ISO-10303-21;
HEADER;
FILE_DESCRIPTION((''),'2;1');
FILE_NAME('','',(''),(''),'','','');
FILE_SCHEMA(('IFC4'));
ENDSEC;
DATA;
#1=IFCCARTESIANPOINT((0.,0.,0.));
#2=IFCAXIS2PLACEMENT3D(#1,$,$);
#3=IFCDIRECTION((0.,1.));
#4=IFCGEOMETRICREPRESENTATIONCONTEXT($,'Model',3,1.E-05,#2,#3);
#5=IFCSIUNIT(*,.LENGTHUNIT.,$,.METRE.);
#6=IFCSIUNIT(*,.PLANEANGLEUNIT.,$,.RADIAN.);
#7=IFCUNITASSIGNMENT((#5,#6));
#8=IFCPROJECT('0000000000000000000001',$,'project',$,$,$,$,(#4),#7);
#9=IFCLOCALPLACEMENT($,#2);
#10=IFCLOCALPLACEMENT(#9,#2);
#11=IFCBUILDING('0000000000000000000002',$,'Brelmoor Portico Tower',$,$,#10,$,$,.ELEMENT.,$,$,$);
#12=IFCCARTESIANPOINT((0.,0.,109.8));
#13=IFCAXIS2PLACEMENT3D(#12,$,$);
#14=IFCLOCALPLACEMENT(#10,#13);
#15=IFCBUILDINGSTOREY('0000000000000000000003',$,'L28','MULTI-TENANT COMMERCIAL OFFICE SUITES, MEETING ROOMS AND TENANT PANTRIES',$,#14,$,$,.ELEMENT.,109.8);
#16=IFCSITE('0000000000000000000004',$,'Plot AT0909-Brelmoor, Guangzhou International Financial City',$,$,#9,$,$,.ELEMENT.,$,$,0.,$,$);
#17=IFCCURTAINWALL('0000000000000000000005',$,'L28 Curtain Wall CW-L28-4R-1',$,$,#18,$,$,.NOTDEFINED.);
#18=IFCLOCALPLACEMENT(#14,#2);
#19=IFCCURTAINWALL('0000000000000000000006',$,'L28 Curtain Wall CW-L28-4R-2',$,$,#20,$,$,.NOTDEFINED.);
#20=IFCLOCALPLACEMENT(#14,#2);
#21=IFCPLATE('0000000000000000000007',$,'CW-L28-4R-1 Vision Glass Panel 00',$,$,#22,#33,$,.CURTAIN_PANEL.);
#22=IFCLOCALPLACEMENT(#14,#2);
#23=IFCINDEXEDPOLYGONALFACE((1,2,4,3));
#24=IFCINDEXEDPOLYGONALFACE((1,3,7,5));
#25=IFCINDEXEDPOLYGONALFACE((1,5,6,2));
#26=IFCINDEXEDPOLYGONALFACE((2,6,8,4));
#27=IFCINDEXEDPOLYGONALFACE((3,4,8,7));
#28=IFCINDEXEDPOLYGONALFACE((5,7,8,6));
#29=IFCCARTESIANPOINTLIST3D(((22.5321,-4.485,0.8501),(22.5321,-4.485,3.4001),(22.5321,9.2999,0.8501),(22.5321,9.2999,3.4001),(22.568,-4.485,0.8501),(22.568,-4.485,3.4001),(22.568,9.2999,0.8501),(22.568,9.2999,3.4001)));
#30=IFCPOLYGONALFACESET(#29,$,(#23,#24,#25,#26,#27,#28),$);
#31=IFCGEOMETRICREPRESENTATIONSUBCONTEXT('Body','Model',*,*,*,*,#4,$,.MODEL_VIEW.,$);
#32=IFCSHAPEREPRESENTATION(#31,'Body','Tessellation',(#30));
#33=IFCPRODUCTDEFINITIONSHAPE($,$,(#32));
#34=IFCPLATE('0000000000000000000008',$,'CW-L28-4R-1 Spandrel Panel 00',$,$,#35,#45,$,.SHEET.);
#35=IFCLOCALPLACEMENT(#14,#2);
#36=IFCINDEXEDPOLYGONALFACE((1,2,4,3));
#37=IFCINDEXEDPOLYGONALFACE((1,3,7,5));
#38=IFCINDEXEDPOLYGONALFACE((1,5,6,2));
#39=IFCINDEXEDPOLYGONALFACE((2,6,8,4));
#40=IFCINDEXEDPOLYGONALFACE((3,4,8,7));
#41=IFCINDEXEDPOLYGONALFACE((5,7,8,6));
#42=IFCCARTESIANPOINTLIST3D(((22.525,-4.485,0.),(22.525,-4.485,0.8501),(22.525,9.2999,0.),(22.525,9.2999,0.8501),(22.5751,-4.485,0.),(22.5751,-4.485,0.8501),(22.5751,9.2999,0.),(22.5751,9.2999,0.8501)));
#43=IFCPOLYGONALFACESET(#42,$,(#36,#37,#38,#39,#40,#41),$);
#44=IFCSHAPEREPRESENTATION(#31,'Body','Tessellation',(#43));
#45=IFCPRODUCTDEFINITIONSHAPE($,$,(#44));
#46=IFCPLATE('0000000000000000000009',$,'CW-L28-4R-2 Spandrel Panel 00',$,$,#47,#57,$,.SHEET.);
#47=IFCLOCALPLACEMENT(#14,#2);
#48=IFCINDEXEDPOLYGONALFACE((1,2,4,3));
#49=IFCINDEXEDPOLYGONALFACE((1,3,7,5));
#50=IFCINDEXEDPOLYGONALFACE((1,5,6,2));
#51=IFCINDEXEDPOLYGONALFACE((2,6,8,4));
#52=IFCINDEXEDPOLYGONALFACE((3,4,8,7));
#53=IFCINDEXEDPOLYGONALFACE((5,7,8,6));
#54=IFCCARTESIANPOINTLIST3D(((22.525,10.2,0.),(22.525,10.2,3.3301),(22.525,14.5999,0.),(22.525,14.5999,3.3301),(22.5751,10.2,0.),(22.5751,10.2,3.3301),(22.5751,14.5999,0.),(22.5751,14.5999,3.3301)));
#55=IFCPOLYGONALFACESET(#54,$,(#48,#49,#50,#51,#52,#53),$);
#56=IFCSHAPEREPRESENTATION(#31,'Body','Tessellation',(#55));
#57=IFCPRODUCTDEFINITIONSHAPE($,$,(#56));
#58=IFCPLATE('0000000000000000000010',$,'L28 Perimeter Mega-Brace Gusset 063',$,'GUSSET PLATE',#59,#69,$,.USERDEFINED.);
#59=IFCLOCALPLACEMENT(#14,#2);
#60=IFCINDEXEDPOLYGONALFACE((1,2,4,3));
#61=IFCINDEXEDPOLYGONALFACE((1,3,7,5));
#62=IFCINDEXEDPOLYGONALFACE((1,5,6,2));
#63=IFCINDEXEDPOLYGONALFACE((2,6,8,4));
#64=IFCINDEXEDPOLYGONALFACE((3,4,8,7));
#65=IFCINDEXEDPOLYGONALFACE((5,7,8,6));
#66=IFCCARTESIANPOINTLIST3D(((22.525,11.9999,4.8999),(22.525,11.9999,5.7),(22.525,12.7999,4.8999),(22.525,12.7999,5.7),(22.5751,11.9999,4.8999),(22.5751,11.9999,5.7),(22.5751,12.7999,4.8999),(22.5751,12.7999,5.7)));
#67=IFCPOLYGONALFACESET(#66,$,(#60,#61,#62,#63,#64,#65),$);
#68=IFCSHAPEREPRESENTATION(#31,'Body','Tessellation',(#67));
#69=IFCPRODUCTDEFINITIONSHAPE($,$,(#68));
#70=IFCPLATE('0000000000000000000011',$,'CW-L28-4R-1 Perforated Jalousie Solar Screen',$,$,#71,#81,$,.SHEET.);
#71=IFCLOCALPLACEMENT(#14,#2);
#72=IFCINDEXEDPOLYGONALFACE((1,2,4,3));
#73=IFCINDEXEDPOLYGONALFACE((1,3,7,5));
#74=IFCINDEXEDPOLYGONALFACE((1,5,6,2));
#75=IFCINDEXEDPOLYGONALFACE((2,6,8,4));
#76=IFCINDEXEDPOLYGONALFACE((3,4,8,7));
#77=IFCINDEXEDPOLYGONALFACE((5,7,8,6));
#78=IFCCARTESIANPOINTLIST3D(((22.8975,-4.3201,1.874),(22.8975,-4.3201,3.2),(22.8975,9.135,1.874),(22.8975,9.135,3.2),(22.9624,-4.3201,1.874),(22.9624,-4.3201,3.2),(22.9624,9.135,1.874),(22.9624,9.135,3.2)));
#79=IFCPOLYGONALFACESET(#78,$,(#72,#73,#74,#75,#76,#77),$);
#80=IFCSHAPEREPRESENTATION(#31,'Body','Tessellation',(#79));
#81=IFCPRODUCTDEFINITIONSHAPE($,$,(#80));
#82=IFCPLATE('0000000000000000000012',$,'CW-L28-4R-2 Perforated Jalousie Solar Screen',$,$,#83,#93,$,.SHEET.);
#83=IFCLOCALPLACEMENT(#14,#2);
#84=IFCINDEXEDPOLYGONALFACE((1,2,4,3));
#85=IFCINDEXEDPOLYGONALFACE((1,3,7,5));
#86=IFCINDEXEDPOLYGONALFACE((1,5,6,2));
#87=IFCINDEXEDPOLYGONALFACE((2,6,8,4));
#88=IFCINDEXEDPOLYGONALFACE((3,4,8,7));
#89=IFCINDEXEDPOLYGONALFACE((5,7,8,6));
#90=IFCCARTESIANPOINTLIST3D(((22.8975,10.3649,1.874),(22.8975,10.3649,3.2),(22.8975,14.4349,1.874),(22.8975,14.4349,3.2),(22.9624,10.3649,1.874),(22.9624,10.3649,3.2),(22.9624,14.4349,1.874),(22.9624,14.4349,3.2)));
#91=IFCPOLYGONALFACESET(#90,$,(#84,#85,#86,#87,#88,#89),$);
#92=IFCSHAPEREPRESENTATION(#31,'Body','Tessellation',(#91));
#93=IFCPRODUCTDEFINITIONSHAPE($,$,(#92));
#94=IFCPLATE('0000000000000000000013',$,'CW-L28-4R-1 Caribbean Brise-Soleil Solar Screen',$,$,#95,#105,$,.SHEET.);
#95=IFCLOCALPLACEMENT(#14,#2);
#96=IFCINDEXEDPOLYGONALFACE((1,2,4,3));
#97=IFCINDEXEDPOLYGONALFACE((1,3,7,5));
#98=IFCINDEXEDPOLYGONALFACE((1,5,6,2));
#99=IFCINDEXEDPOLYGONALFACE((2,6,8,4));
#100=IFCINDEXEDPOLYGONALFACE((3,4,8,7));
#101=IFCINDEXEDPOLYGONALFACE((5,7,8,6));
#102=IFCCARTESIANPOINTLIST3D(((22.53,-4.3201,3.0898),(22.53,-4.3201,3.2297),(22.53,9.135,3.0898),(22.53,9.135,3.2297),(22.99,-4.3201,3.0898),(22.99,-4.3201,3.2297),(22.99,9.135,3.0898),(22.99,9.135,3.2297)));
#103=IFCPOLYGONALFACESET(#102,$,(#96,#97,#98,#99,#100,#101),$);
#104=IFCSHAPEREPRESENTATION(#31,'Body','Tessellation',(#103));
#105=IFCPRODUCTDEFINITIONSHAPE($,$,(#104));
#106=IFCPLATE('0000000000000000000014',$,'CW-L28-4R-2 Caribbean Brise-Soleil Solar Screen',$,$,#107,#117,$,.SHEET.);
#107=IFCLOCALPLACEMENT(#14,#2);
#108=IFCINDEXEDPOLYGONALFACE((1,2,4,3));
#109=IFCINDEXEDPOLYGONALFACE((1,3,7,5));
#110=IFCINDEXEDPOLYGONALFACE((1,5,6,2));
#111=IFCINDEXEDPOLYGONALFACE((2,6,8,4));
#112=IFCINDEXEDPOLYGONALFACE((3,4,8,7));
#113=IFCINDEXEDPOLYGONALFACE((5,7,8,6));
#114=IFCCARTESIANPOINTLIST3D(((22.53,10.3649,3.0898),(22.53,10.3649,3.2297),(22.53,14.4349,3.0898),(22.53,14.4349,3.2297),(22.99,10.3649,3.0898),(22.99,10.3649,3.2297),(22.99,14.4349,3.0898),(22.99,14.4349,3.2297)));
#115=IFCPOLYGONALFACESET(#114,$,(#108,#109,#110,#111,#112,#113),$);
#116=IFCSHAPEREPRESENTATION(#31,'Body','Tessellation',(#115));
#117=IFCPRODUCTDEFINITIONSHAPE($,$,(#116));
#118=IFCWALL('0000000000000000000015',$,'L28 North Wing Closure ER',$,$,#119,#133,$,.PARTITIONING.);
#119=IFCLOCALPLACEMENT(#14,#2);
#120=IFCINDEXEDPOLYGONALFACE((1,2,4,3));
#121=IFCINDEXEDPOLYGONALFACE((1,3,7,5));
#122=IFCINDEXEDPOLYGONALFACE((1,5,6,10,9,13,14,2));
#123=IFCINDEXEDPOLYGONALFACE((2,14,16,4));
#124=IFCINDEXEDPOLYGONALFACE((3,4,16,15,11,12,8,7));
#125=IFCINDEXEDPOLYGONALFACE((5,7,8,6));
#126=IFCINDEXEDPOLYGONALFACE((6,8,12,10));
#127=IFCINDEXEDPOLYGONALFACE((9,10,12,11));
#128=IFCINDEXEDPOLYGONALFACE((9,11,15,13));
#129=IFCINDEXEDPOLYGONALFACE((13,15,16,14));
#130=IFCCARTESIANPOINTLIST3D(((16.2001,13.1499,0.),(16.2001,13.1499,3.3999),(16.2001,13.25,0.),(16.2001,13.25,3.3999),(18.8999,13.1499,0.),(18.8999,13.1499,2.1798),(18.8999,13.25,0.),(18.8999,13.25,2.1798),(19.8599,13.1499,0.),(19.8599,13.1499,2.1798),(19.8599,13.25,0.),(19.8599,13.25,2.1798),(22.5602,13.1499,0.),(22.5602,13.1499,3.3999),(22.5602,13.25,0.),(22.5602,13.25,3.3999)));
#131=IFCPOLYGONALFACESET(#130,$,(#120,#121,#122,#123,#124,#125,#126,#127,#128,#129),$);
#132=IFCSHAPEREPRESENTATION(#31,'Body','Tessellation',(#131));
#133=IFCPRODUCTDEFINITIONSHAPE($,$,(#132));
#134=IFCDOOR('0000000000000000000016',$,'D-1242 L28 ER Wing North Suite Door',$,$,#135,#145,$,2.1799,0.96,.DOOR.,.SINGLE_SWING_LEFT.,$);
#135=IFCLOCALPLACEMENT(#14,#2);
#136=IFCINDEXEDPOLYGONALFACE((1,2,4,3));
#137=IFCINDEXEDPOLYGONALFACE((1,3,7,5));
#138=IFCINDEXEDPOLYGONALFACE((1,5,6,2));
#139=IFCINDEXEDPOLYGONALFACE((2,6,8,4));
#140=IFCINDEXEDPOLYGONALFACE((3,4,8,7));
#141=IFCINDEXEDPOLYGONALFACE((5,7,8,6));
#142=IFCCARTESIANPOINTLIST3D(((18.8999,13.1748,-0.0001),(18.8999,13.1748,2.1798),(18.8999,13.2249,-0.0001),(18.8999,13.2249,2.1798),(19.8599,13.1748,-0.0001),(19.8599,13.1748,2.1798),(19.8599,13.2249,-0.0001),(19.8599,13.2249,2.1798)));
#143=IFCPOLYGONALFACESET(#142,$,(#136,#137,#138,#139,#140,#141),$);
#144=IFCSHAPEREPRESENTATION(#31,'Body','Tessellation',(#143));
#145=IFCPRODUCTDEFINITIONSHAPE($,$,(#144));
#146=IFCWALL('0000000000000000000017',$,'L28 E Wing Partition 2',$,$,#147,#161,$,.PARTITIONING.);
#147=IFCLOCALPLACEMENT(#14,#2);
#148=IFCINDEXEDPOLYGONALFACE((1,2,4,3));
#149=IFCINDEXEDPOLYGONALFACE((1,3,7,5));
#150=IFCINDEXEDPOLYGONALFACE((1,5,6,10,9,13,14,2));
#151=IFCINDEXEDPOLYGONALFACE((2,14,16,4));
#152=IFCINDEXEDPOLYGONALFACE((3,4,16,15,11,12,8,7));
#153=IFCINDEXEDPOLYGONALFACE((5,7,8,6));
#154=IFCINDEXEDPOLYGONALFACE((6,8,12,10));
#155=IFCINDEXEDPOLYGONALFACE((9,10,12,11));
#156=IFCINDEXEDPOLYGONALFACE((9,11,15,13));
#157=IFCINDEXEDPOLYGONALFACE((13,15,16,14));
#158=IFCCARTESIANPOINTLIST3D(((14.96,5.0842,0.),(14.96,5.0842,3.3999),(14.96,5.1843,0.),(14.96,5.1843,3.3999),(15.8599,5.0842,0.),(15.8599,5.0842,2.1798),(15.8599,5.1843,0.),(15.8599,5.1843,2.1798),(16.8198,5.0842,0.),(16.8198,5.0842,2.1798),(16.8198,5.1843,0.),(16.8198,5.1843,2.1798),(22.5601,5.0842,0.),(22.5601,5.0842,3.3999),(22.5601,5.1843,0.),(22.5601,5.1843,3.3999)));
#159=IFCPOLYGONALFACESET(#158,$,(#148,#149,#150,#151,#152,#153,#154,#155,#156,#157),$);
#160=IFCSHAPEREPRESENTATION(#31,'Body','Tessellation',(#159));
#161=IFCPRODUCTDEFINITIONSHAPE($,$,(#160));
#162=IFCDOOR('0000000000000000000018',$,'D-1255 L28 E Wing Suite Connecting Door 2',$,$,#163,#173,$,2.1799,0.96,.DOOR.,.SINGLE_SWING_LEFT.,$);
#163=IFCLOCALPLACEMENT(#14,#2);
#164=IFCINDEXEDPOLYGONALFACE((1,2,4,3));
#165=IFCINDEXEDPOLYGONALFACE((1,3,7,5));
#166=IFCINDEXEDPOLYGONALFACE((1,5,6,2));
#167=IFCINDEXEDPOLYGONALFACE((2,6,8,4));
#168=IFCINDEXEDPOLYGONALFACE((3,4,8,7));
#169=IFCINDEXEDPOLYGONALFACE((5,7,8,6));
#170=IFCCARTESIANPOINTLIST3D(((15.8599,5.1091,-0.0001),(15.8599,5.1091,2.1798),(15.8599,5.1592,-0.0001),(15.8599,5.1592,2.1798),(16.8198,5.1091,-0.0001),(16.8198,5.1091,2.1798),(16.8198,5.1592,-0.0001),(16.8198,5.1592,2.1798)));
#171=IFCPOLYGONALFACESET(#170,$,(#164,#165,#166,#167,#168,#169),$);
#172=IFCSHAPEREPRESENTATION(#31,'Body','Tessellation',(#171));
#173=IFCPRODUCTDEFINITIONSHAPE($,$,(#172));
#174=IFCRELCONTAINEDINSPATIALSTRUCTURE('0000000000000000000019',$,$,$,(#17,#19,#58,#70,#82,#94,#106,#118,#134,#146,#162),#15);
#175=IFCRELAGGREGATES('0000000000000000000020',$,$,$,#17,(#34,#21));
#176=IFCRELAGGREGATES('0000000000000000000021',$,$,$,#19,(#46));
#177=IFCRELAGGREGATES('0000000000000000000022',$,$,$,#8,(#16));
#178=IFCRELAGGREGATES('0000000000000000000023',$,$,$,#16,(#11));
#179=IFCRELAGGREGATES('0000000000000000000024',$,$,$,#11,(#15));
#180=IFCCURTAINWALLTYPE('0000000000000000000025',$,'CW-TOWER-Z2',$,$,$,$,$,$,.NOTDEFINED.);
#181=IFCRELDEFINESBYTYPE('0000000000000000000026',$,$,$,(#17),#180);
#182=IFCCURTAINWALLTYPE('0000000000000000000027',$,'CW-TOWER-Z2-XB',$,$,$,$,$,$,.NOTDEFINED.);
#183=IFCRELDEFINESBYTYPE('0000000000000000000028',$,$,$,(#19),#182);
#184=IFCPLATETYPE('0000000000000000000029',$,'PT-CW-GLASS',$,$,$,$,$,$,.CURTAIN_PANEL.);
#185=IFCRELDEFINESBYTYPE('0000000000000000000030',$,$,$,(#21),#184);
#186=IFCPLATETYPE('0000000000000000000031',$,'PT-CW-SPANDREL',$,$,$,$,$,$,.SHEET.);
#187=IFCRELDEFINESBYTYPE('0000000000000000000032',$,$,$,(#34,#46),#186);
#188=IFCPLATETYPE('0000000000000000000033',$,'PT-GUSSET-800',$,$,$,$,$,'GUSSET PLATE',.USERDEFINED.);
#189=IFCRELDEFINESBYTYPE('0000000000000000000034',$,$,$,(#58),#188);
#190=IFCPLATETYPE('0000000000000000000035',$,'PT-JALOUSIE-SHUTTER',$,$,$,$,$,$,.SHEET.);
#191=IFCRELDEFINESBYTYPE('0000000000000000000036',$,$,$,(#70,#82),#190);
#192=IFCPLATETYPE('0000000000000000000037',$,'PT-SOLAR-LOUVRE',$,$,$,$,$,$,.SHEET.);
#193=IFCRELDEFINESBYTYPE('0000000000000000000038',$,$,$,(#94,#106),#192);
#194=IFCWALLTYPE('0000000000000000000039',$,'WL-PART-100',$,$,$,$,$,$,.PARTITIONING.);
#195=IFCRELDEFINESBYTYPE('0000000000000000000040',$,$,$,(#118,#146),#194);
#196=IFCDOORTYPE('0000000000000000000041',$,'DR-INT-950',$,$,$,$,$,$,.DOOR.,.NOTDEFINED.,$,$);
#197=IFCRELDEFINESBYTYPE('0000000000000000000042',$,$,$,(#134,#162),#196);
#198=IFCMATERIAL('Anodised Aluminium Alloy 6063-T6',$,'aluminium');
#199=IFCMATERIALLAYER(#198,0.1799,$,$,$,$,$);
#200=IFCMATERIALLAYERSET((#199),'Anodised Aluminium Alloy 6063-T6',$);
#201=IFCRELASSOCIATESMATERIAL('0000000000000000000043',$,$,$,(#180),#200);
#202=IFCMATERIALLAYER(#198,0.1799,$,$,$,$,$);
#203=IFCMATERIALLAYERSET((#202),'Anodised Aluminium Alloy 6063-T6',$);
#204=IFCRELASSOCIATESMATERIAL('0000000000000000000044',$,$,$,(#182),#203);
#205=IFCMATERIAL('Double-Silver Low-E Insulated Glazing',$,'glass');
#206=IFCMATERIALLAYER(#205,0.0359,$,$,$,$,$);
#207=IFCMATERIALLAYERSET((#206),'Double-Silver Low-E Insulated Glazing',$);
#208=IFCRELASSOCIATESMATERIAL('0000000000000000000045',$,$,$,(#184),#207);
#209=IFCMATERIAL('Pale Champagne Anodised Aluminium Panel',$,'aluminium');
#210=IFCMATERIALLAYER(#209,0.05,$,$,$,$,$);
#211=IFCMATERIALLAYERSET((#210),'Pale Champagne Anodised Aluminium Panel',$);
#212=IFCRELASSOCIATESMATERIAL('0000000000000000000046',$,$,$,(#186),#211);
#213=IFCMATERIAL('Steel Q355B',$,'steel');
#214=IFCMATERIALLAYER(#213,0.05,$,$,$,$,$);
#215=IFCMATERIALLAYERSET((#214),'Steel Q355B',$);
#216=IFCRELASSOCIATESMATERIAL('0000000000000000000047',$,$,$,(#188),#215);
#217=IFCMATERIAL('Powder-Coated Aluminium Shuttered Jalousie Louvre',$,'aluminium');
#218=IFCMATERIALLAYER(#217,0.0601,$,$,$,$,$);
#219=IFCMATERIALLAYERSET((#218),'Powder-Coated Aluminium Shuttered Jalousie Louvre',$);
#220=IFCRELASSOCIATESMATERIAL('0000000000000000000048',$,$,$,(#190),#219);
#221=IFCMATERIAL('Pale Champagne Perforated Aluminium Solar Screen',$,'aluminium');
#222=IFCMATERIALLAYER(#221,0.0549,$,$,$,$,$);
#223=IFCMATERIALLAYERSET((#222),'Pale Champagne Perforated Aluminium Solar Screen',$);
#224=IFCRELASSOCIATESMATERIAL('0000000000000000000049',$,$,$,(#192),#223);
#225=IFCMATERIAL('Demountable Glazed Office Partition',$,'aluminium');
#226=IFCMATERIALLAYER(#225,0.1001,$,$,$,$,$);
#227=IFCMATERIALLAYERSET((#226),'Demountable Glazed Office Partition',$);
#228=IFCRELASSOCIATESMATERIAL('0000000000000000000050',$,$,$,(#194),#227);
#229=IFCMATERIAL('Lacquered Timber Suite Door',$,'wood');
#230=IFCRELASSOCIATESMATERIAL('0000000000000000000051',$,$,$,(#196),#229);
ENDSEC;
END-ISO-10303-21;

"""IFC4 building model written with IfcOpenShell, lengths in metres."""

from ifc_helpers import new_model, si_unit, direction, frame, frame_2d, origin, origin_2d, place, context, subcontext, project, spatial, rectangle, extrude, material, layer, layer_set, type_object, element, fill, aggregate, save


model = new_model("IFC4")

# Units and contexts
model_context = context("Model", 3, precision=1e-05, world=origin(), true_north=direction((0.0, 1.0)))
body_context = subcontext(model_context, "Body", "Model", "MODEL_VIEW")
ifc_project = project(units=[si_unit("LENGTHUNIT", "METRE"), si_unit("PLANEANGLEUNIT", "RADIAN")], contexts=[model_context])

# Site, building, storey
site_placement = place(None, origin())
site = spatial("IfcSite", under=ifc_project, at=site_placement, Name="Plot AT0909-Brelmoor, Guangzhou International Financial City", CompositionType="ELEMENT", RefElevation=0.0)
building_placement = place(site_placement, origin())
building = spatial("IfcBuilding", under=site, at=building_placement, Name="Brelmoor Portico Tower", CompositionType="ELEMENT")
storey_placement = place(building_placement, frame((0.0, 0.0, 109.8)))
storey = spatial("IfcBuildingStorey", under=building, at=storey_placement, Name="L28", Description="MULTI-TENANT COMMERCIAL OFFICE SUITES, MEETING ROOMS AND TENANT PANTRIES", CompositionType="ELEMENT", Elevation=109.8)

# Shared definitions
ifc_material_1 = material(Name="Steel Q355B", Category="steel")

# Curtain wall
ifc_material_2 = material(Name="Anodised Aluminium Alloy 6063-T6", Category="aluminium")
ifc_layer_1 = layer(ifc_material_2, 0.1799)
ifc_layer_set_1 = layer_set([ifc_layer_1], Name="Anodised Aluminium Alloy 6063-T6")
curtain_wall_type_1 = type_object("IfcCurtainWallType", Name="CW-TOWER-Z2", PredefinedType="NOTDEFINED", material=ifc_layer_set_1)
curtain_wall_1_placement = place(storey_placement, origin())
curtain_wall_1 = element("IfcCurtainWall", 1, at=curtain_wall_1_placement, inside=storey, type_object=curtain_wall_type_1, Name="L28 Curtain Wall CW-L28-4R-1", PredefinedType="NOTDEFINED")

# Curtain wall
ifc_layer_2 = layer(ifc_material_2, 0.1799)
ifc_layer_set_2 = layer_set([ifc_layer_2], Name="Anodised Aluminium Alloy 6063-T6")
curtain_wall_type_2 = type_object("IfcCurtainWallType", Name="CW-TOWER-Z2-XB", PredefinedType="NOTDEFINED", material=ifc_layer_set_2)
curtain_wall_2_placement = place(storey_placement, origin())
curtain_wall_2 = element("IfcCurtainWall", 2, at=curtain_wall_2_placement, inside=storey, type_object=curtain_wall_type_2, Name="L28 Curtain Wall CW-L28-4R-2", PredefinedType="NOTDEFINED")

# Plates
ifc_material_3 = material(Name="Double-Silver Low-E Insulated Glazing", Category="glass")
ifc_layer_3 = layer(ifc_material_3, 0.0359)
ifc_layer_set_3 = layer_set([ifc_layer_3], Name="Double-Silver Low-E Insulated Glazing")
plate_type_1 = type_object("IfcPlateType", Name="PT-CW-GLASS", PredefinedType="CURTAIN_PANEL", material=ifc_layer_set_3)
plate_1_placement = place(storey_placement, frame((22.55, 2.4075, 0.8501), z_axis=(0.0, 0.0, 1.0), x_axis=(0.0, 1.0, 0.0)))
plate_1 = element("IfcPlate", 3, at=plate_1_placement, type_object=plate_type_1, Name="CW-L28-4R-1 Vision Glass Panel 00", PredefinedType="CURTAIN_PANEL", context=body_context, shape_type="SweptSolid", body=[
    extrude(rectangle(XDim=13.7849, YDim=0.0359, at=origin_2d()), origin(), (0.0, 0.0, 1.0), 2.55),
])
ifc_material_4 = material(Name="Pale Champagne Anodised Aluminium Panel", Category="aluminium")
ifc_layer_4 = layer(ifc_material_4, 0.05)
ifc_layer_set_4 = layer_set([ifc_layer_4], Name="Pale Champagne Anodised Aluminium Panel")
plate_type_2 = type_object("IfcPlateType", Name="PT-CW-SPANDREL", PredefinedType="SHEET", material=ifc_layer_set_4)
plate_2_placement = place(storey_placement, frame((22.55, 2.4075, 0.0), z_axis=(0.0, 0.0, 1.0), x_axis=(0.0, 1.0, 0.0)))
plate_2 = element("IfcPlate", 4, at=plate_2_placement, type_object=plate_type_2, Name="CW-L28-4R-1 Spandrel Panel 00", PredefinedType="SHEET", context=body_context, shape_type="SweptSolid", body=[
    extrude(rectangle(XDim=13.7849, YDim=0.05, at=origin_2d()), origin(), (0.0, 0.0, 1.0), 0.8501),
])
aggregate(curtain_wall_1, [plate_2, plate_1])
plate_3_placement = place(storey_placement, frame((22.55, 12.3999, 0.0), z_axis=(0.0, 0.0, 1.0), x_axis=(0.0, 1.0, 0.0)))
plate_3 = element("IfcPlate", 5, at=plate_3_placement, type_object=plate_type_2, Name="CW-L28-4R-2 Spandrel Panel 00", PredefinedType="SHEET", context=body_context, shape_type="SweptSolid", body=[
    extrude(rectangle(XDim=4.3999, YDim=0.05, at=origin_2d()), origin(), (0.0, 0.0, 1.0), 3.3301),
])
aggregate(curtain_wall_2, [plate_3])

# Plates
ifc_layer_5 = layer(ifc_material_1, 0.05)
ifc_layer_set_5 = layer_set([ifc_layer_5], Name="Steel Q355B")
plate_type_3 = type_object("IfcPlateType", Name="PT-GUSSET-800", ElementType="GUSSET PLATE", PredefinedType="USERDEFINED", material=ifc_layer_set_5)
plate_4_placement = place(storey_placement, frame((22.55, 12.3999, 4.8999), z_axis=(0.0, 0.0, 1.0), x_axis=(1.0, 0.0, 0.0)))
element("IfcPlate", 6, at=plate_4_placement, inside=storey, type_object=plate_type_3, Name="L28 Perimeter Mega-Brace Gusset 063", ObjectType="GUSSET PLATE", PredefinedType="USERDEFINED", context=body_context, shape_type="SweptSolid", body=[
    extrude(rectangle(XDim=0.05, YDim=0.8, at=origin_2d()), origin(), (0.0, 0.0, 1.0), 0.8),
])
ifc_material_5 = material(Name="Powder-Coated Aluminium Shuttered Jalousie Louvre", Category="aluminium")
ifc_layer_6 = layer(ifc_material_5, 0.0601)
ifc_layer_set_6 = layer_set([ifc_layer_6], Name="Powder-Coated Aluminium Shuttered Jalousie Louvre")
plate_type_4 = type_object("IfcPlateType", Name="PT-JALOUSIE-SHUTTER", PredefinedType="SHEET", material=ifc_layer_set_6)
plate_5_placement = place(storey_placement, frame((22.9299, 2.4075, 1.874), z_axis=(0.0, 0.0, 1.0), x_axis=(0.0, 1.0, 0.0)))
element("IfcPlate", 7, at=plate_5_placement, inside=storey, type_object=plate_type_4, Name="CW-L28-4R-1 Perforated Jalousie Solar Screen", PredefinedType="SHEET", context=body_context, shape_type="SweptSolid", body=[
    extrude(rectangle(XDim=13.4551, YDim=0.0649, at=origin_2d()), origin(), (0.0, 0.0, 1.0), 1.3259),
])
plate_6_placement = place(storey_placement, frame((22.9299, 12.3999, 1.874), z_axis=(0.0, 0.0, 1.0), x_axis=(0.0, 1.0, 0.0)))
element("IfcPlate", 8, at=plate_6_placement, inside=storey, type_object=plate_type_4, Name="CW-L28-4R-2 Perforated Jalousie Solar Screen", PredefinedType="SHEET", context=body_context, shape_type="SweptSolid", body=[
    extrude(rectangle(XDim=4.0701, YDim=0.0649, at=origin_2d()), origin(), (0.0, 0.0, 1.0), 1.3259),
])
ifc_material_6 = material(Name="Pale Champagne Perforated Aluminium Solar Screen", Category="aluminium")
ifc_layer_7 = layer(ifc_material_6, 0.0549)
ifc_layer_set_7 = layer_set([ifc_layer_7], Name="Pale Champagne Perforated Aluminium Solar Screen")
plate_type_5 = type_object("IfcPlateType", Name="PT-SOLAR-LOUVRE", PredefinedType="SHEET", material=ifc_layer_set_7)
plate_7_placement = place(storey_placement, frame((22.76, 2.4075, 3.0898), z_axis=(0.0, 0.0, 1.0), x_axis=(0.0, 1.0, 0.0)))
element("IfcPlate", 9, at=plate_7_placement, inside=storey, type_object=plate_type_5, Name="CW-L28-4R-1 Caribbean Brise-Soleil Solar Screen", PredefinedType="SHEET", context=body_context, shape_type="SweptSolid", body=[
    extrude(rectangle(XDim=13.4551, YDim=0.46, at=origin_2d()), origin(), (0.0, 0.0, 1.0), 0.1399),
])
plate_8_placement = place(storey_placement, frame((22.76, 12.3999, 3.0898), z_axis=(0.0, 0.0, 1.0), x_axis=(0.0, 1.0, 0.0)))
element("IfcPlate", 10, at=plate_8_placement, inside=storey, type_object=plate_type_5, Name="CW-L28-4R-2 Caribbean Brise-Soleil Solar Screen", PredefinedType="SHEET", context=body_context, shape_type="SweptSolid", body=[
    extrude(rectangle(XDim=4.0701, YDim=0.46, at=origin_2d()), origin(), (0.0, 0.0, 1.0), 0.1399),
])

# Walls, openings, doors
ifc_material_7 = material(Name="Demountable Glazed Office Partition", Category="aluminium")
ifc_layer_8 = layer(ifc_material_7, 0.1001)
ifc_layer_set_8 = layer_set([ifc_layer_8], Name="Demountable Glazed Office Partition")
wall_type_1 = type_object("IfcWallType", Name="WL-PART-100", PredefinedType="PARTITIONING", material=ifc_layer_set_8)
wall_1_placement = place(storey_placement, frame((16.2, 13.2, 0.0), z_axis=(0.0, 0.0, 1.0), x_axis=(1.0, 0.0, 0.0)))
wall_1 = element("IfcWall", 11, at=wall_1_placement, inside=storey, type_object=wall_type_1, Name="L28 North Wing Closure ER", PredefinedType="PARTITIONING", context=body_context, shape_type="SweptSolid", body=[
    extrude(rectangle(XDim=6.3601, YDim=0.1001, at=frame_2d((3.1802, 0.0))), origin(), (0.0, 0.0, 1.0), 3.3999),
])
opening_1_placement = place(wall_1_placement, frame((2.7, 0.0, 0.0)))
opening_1 = element("IfcOpeningElement", 12, at=opening_1_placement, cuts=wall_1, PredefinedType="OPENING", context=body_context, shape_type="SweptSolid", body=[
    extrude(rectangle(XDim=0.96, YDim=2.1799, at=frame_2d((0.48, 1.0898))), frame((0.0, 0.0601, 0.0), z_axis=(0.0, -1.0, 0.0), x_axis=(1.0, 0.0, 0.0)), (0.0, 0.0, 1.0), 0.1201),
])
ifc_material_8 = material(Name="Lacquered Timber Suite Door", Category="wood")
door_type_1 = type_object("IfcDoorType", Name="DR-INT-950", OperationType="NOTDEFINED", PredefinedType="DOOR", material=ifc_material_8)
door_1_placement = place(opening_1_placement, origin())
door_1 = element("IfcDoor", 13, at=door_1_placement, inside=storey, type_object=door_type_1, Name="D-1242 L28 ER Wing North Suite Door", OperationType="SINGLE_SWING_LEFT", OverallHeight=2.1799, OverallWidth=0.96, PredefinedType="DOOR", context=body_context, shape_type="SweptSolid", body=[
    extrude(rectangle(XDim=0.96, YDim=2.1799, at=frame_2d((0.48, 1.0898))), frame((0.0, 0.0249, 0.0), z_axis=(0.0, -1.0, 0.0), x_axis=(1.0, 0.0, 0.0)), (0.0, 0.0, 1.0), 0.05),
])
fill(opening_1, door_1)
wall_2_placement = place(storey_placement, frame((14.96, 5.1343, 0.0), z_axis=(0.0, 0.0, 1.0), x_axis=(1.0, 0.0, 0.0)))
wall_2 = element("IfcWall", 14, at=wall_2_placement, inside=storey, type_object=wall_type_1, Name="L28 E Wing Partition 2", PredefinedType="PARTITIONING", context=body_context, shape_type="SweptSolid", body=[
    extrude(rectangle(XDim=7.6001, YDim=0.1001, at=frame_2d((3.8, 0.0))), origin(), (0.0, 0.0, 1.0), 3.3999),
])
opening_2_placement = place(wall_2_placement, frame((0.8999, 0.0, 0.0)))
opening_2 = element("IfcOpeningElement", 15, at=opening_2_placement, cuts=wall_2, PredefinedType="OPENING", context=body_context, shape_type="SweptSolid", body=[
    extrude(rectangle(XDim=0.96, YDim=2.1799, at=frame_2d((0.48, 1.0898))), frame((0.0, 0.0601, 0.0), z_axis=(0.0, -1.0, 0.0), x_axis=(1.0, 0.0, 0.0)), (0.0, 0.0, 1.0), 0.1201),
])
door_2_placement = place(opening_2_placement, origin())
door_2 = element("IfcDoor", 16, at=door_2_placement, inside=storey, type_object=door_type_1, Name="D-1255 L28 E Wing Suite Connecting Door 2", OperationType="SINGLE_SWING_LEFT", OverallHeight=2.1799, OverallWidth=0.96, PredefinedType="DOOR", context=body_context, shape_type="SweptSolid", body=[
    extrude(rectangle(XDim=0.96, YDim=2.1799, at=frame_2d((0.48, 1.0898))), frame((0.0, 0.0249, 0.0), z_axis=(0.0, -1.0, 0.0), x_axis=(1.0, 0.0, 0.0)), (0.0, 0.0, 1.0), 0.05),
])
fill(opening_2, door_2)

save(model, "model.ifc")
